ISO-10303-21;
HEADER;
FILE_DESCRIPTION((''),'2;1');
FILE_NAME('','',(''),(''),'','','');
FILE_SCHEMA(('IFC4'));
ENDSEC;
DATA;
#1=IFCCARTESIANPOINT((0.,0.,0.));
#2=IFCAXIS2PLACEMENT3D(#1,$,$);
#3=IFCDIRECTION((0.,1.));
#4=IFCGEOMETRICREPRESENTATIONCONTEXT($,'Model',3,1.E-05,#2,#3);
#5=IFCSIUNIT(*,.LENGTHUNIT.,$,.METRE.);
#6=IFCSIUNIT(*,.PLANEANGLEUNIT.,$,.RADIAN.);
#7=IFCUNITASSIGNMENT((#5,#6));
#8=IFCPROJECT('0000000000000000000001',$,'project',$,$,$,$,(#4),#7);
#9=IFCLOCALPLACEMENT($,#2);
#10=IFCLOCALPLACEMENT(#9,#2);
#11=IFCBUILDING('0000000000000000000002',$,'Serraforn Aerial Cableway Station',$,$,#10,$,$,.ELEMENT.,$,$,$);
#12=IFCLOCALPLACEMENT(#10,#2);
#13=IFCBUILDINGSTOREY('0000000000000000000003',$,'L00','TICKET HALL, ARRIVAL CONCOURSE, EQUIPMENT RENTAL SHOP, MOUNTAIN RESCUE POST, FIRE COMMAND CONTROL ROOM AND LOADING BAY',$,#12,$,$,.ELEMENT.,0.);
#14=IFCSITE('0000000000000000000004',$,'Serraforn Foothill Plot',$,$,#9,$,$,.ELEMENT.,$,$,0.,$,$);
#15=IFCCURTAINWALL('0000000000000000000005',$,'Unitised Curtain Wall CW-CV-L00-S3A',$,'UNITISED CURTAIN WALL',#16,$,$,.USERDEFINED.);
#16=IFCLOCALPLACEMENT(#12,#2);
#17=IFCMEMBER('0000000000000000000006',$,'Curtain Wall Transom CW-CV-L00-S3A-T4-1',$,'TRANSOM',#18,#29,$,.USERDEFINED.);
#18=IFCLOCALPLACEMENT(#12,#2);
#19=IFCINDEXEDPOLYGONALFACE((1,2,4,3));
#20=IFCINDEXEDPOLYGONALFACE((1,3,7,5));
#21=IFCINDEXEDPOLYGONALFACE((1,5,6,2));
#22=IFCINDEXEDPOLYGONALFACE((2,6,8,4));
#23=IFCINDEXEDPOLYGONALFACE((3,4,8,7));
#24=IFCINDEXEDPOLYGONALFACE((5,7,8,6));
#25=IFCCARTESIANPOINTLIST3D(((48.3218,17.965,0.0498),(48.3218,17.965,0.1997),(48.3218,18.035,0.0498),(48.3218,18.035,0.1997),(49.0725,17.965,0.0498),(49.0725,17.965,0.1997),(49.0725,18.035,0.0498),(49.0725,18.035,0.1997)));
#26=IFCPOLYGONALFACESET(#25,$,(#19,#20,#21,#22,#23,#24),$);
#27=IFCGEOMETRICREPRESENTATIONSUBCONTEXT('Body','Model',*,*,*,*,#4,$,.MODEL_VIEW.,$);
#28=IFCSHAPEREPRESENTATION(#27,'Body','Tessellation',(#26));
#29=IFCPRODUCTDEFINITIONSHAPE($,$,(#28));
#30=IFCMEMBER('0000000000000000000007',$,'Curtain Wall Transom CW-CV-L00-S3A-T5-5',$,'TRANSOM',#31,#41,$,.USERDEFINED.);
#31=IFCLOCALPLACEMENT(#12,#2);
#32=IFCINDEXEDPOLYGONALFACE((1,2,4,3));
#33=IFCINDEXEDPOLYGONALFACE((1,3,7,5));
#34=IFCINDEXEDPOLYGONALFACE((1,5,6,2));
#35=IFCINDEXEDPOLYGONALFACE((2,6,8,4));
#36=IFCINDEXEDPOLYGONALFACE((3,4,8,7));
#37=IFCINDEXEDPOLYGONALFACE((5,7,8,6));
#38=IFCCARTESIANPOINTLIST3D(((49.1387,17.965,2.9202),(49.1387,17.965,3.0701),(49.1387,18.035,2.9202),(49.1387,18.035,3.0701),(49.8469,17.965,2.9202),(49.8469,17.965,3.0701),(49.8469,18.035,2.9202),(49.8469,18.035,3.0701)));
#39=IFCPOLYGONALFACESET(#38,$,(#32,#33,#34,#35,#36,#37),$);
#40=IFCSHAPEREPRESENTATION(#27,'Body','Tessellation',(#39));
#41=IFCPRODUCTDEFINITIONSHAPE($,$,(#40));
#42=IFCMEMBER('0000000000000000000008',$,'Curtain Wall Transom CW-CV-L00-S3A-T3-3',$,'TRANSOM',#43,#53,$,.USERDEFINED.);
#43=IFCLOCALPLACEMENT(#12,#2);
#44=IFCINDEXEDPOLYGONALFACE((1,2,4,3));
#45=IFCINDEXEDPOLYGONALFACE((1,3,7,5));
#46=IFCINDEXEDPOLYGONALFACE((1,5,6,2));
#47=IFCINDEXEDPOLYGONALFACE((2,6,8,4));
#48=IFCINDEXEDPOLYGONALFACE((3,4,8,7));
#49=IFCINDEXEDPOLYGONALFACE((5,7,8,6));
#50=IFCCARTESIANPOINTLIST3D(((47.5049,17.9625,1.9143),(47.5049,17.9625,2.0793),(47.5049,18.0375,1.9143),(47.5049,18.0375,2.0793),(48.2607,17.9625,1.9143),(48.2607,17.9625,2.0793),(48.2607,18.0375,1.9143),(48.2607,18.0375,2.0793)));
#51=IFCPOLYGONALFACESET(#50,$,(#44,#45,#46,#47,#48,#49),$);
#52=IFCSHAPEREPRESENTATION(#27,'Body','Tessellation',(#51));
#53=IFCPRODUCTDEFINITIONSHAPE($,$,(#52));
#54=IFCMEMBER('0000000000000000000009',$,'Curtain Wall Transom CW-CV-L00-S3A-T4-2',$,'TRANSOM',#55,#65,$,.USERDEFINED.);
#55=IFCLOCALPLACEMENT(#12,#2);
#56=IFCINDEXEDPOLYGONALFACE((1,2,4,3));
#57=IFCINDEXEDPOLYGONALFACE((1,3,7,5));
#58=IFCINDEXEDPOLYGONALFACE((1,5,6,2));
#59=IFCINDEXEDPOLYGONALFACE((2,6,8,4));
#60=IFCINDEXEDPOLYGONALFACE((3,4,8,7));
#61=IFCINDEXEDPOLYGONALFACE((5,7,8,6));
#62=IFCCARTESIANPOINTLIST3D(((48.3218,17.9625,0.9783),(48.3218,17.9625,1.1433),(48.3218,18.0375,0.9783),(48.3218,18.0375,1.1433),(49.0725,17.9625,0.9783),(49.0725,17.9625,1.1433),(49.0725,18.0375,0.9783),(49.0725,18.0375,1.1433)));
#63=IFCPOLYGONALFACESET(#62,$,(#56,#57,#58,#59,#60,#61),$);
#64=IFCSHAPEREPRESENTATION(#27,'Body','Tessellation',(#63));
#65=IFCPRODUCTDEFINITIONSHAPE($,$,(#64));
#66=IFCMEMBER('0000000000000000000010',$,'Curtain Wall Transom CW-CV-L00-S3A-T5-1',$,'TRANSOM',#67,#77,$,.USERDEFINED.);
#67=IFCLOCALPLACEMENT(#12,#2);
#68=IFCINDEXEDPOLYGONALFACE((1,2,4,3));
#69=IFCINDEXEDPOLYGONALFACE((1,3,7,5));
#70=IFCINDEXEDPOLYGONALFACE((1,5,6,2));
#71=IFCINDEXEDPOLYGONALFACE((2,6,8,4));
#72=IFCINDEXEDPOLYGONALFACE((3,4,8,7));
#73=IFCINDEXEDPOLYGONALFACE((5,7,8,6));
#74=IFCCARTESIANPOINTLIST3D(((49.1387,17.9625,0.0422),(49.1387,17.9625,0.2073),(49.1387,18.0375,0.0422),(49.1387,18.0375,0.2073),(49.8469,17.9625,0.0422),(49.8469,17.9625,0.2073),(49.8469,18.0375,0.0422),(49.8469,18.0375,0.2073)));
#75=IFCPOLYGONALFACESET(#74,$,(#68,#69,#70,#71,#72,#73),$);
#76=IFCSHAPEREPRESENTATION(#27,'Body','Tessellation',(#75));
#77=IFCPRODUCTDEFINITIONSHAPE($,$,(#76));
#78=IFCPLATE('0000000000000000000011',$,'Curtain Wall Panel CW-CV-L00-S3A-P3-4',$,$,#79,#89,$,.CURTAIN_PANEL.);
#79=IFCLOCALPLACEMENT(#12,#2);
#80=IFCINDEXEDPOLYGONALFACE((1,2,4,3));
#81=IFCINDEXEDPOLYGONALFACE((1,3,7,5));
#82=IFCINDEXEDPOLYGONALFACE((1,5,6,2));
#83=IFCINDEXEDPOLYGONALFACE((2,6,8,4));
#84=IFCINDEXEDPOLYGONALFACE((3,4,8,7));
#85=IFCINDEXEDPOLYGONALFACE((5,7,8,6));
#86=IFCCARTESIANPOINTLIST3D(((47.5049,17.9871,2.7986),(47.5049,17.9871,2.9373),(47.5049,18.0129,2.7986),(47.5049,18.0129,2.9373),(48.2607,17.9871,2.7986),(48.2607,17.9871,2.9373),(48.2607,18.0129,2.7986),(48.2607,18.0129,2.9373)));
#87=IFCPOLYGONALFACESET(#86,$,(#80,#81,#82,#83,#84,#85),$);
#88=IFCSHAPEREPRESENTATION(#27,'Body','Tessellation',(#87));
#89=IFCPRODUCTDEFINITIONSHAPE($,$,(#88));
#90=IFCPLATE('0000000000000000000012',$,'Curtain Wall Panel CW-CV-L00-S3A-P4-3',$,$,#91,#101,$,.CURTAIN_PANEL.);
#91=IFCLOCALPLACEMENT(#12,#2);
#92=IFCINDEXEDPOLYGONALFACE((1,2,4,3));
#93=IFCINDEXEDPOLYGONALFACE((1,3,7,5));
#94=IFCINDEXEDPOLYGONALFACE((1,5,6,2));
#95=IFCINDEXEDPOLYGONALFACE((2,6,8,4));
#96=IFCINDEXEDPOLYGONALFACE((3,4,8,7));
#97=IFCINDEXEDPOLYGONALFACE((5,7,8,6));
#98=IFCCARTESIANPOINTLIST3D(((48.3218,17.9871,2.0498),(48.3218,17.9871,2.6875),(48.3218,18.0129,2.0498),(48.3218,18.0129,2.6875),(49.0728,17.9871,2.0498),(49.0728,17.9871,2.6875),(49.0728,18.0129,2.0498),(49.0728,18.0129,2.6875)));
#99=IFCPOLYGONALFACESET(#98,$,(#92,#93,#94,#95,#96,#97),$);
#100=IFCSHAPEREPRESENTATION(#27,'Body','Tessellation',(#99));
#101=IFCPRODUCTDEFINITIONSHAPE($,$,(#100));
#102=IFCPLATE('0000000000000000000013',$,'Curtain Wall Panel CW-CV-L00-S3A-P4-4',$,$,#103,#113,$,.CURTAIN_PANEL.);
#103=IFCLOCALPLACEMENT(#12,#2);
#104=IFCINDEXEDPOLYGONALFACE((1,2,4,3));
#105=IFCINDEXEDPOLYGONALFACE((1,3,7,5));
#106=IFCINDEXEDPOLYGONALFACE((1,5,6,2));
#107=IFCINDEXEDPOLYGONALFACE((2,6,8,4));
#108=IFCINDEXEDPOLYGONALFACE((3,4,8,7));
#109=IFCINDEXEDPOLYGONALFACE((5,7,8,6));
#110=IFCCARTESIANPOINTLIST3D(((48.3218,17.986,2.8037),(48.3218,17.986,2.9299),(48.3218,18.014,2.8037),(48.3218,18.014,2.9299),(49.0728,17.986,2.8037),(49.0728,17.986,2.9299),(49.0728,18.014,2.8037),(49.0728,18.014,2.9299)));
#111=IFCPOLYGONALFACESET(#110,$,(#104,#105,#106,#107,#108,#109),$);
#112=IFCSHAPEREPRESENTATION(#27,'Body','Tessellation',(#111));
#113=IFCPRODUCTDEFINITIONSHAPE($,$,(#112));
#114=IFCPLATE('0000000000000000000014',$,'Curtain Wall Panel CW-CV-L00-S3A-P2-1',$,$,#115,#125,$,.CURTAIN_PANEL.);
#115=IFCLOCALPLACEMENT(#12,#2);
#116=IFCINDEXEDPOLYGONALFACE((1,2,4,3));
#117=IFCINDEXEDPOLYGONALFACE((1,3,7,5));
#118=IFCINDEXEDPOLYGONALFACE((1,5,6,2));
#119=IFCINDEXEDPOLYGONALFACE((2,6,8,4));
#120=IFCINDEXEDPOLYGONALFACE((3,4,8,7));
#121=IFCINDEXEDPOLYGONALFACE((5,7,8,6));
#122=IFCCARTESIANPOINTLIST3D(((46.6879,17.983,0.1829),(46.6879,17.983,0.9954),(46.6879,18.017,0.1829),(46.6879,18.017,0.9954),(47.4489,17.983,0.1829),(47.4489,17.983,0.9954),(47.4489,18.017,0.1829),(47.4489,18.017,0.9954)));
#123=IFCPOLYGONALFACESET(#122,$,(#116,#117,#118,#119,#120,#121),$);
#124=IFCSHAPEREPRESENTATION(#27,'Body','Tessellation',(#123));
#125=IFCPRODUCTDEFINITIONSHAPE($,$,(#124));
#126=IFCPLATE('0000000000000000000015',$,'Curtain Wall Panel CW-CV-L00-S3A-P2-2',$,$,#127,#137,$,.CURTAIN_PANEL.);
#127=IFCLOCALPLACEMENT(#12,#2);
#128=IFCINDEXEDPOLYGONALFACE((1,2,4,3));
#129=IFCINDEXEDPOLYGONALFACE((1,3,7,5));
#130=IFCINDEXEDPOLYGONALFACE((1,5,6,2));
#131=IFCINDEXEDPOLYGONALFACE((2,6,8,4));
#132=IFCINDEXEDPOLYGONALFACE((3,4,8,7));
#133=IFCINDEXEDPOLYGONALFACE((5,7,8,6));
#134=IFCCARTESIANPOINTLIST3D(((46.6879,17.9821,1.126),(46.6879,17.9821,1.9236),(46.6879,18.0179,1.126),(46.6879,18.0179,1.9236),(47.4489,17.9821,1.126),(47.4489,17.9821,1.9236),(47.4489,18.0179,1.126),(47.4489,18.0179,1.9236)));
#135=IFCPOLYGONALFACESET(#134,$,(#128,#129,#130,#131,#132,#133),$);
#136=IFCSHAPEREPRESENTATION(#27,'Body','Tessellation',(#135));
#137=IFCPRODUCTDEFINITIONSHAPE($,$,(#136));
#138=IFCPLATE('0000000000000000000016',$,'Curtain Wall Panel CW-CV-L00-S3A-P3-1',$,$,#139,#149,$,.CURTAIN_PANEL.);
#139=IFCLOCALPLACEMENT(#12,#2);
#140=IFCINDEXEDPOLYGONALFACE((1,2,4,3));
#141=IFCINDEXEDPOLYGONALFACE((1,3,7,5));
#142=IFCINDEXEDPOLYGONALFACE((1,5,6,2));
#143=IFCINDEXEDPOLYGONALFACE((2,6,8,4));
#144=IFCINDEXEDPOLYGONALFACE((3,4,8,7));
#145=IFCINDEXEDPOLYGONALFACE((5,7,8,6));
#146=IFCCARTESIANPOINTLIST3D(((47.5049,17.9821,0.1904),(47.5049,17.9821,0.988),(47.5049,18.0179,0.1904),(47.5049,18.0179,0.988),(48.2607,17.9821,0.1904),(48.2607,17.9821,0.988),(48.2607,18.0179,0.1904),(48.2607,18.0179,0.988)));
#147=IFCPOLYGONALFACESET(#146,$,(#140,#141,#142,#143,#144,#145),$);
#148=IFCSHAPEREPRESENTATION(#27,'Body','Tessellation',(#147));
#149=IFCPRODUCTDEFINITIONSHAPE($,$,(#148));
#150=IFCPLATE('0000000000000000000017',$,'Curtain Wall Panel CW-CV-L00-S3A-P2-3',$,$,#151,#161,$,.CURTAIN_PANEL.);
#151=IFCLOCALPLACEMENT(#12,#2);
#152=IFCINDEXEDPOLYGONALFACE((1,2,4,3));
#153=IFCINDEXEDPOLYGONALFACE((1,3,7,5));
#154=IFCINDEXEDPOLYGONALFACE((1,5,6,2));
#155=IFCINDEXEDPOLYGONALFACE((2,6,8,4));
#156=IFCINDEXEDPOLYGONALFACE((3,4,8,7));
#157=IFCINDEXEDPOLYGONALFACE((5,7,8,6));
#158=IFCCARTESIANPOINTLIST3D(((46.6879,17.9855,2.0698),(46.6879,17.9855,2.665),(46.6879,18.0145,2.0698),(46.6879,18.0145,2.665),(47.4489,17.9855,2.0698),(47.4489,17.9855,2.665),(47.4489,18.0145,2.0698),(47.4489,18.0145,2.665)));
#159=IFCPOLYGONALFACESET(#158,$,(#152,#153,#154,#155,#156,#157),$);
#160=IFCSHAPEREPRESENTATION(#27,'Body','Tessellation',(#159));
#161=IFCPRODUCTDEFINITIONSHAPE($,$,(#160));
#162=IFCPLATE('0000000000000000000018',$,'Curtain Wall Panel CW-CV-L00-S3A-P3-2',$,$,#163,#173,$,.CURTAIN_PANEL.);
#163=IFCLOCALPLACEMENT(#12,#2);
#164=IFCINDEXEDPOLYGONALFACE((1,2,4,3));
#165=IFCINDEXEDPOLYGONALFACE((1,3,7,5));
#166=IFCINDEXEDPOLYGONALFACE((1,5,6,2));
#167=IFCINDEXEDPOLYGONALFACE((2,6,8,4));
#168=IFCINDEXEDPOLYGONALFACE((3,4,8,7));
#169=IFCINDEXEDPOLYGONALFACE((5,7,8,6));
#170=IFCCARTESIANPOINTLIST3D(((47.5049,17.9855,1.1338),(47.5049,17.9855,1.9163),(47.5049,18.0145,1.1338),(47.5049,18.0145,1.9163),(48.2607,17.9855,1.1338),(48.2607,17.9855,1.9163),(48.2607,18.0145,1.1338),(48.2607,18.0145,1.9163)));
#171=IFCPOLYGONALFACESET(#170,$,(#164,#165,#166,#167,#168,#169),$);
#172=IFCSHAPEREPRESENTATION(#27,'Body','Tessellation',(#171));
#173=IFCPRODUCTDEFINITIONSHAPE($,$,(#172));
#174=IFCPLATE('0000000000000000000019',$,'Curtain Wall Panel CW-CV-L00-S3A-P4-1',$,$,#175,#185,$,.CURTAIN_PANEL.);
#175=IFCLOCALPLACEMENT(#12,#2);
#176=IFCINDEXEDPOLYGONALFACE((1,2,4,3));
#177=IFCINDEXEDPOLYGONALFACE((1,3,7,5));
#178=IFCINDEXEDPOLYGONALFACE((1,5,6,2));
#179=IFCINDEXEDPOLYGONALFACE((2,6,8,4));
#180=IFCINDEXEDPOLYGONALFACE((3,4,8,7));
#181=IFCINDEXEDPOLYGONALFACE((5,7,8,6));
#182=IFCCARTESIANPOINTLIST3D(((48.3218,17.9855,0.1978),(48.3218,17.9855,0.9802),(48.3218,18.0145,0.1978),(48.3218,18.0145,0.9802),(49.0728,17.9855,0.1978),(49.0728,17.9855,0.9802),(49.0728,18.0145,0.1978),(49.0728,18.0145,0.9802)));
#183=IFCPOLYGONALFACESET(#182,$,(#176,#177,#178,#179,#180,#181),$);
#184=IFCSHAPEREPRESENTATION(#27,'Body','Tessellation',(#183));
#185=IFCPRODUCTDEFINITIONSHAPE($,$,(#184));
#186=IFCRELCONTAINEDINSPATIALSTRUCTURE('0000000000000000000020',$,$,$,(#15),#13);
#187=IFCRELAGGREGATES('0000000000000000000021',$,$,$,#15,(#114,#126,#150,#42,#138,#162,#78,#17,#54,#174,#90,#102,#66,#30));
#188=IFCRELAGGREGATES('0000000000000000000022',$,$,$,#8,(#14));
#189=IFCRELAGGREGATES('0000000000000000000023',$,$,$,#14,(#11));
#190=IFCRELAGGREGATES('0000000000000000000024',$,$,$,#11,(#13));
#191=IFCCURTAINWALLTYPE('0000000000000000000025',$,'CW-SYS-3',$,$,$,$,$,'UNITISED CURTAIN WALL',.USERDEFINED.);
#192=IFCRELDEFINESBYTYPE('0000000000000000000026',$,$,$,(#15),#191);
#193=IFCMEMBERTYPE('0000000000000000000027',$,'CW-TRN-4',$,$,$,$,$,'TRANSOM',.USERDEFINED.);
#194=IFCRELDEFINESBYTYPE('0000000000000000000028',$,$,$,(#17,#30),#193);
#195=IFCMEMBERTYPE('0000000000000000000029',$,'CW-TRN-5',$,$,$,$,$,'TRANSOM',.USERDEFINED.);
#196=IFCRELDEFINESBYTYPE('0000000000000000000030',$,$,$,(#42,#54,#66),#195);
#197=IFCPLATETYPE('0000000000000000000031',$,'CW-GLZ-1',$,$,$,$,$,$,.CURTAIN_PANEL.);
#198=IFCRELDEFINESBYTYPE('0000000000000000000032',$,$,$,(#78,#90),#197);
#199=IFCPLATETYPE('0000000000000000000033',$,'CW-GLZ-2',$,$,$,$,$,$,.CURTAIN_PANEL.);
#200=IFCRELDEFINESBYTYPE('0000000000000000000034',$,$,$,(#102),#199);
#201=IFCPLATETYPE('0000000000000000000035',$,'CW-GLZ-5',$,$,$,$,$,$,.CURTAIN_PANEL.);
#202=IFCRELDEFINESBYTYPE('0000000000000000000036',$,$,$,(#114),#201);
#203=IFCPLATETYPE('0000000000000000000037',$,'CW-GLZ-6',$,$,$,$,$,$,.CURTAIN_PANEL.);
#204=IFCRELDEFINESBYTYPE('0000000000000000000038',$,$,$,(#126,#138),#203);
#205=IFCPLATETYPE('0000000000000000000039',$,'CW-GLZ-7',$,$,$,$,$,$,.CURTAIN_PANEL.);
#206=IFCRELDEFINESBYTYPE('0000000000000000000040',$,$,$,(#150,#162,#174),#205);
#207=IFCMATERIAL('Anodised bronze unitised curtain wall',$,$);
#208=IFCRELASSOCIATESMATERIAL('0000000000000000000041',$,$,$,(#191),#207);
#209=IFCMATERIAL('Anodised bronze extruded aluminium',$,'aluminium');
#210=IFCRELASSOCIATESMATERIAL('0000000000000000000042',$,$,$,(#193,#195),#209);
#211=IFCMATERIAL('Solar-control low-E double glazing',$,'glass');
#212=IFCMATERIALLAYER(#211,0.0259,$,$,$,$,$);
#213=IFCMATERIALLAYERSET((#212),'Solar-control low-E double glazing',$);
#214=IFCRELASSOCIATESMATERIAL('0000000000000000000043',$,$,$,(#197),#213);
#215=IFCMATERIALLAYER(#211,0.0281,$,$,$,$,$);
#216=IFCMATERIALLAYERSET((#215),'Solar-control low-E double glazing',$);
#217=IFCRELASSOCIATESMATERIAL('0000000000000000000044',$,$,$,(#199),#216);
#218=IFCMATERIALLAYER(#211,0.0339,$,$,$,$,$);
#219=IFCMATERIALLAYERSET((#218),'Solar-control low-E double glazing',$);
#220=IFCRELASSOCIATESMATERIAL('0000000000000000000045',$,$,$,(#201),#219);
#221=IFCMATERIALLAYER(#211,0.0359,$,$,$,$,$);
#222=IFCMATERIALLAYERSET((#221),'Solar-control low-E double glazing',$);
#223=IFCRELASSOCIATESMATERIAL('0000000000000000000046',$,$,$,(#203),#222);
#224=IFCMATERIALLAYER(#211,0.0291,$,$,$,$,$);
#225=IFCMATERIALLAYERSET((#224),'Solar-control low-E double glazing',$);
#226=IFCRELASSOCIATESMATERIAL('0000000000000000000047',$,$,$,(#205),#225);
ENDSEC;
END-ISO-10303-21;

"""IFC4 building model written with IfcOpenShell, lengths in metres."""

from ifc_helpers import new_model, si_unit, direction, frame, origin, origin_2d, place, context, subcontext, project, spatial, rectangle, extrude, material, layer, layer_set, material_profile, profile_set, type_object, element, aggregate, save


model = new_model("IFC4")

# Units and contexts
model_context = context("Model", 3, precision=1e-05, world=origin(), true_north=direction((0.0, 1.0)))
body_context = subcontext(model_context, "Body", "Model", "MODEL_VIEW")
ifc_project = project(units=[si_unit("LENGTHUNIT", "METRE"), si_unit("PLANEANGLEUNIT", "RADIAN")], contexts=[model_context])

# Site, building, storey
site_placement = place(None, origin())
site = spatial("IfcSite", under=ifc_project, at=site_placement, Name="Serraforn Foothill Plot", CompositionType="ELEMENT", RefElevation=0.0)
building_placement = place(site_placement, origin())
building = spatial("IfcBuilding", under=site, at=building_placement, Name="Serraforn Aerial Cableway Station", CompositionType="ELEMENT")
storey_placement = place(building_placement, origin())
storey = spatial("IfcBuildingStorey", under=building, at=storey_placement, Name="L00", Description="TICKET HALL, ARRIVAL CONCOURSE, EQUIPMENT RENTAL SHOP, MOUNTAIN RESCUE POST, FIRE COMMAND CONTROL ROOM AND LOADING BAY", CompositionType="ELEMENT", Elevation=0.0)

# Curtain wall, members, plates
ifc_material_1 = material(Name="Anodised bronze unitised curtain wall")
curtain_wall_type = type_object("IfcCurtainWallType", Name="CW-SYS-3", ElementType="UNITISED CURTAIN WALL", PredefinedType="USERDEFINED", material=ifc_material_1)
curtain_wall_placement = place(storey_placement, origin())
curtain_wall = element("IfcCurtainWall", 1, at=curtain_wall_placement, inside=storey, type_object=curtain_wall_type, Name="Unitised Curtain Wall CW-CV-L00-S3A", ObjectType="UNITISED CURTAIN WALL", PredefinedType="USERDEFINED")
ifc_material_2 = material(Name="Anodised bronze extruded aluminium", Category="aluminium")
ifc_material_profile_1 = material_profile(ifc_material_2, rectangle(XDim=0.0701, YDim=0.1499, at=origin_2d()), Name="CW TRANSOM 70x150")
ifc_profile_set_1 = profile_set([ifc_material_profile_1], Name="Anodised bronze extruded aluminium")
member_type_1 = type_object("IfcMemberType", Name="CW-TRN-4", ElementType="TRANSOM", PredefinedType="USERDEFINED", material=ifc_profile_set_1)
member_1_placement = place(storey_placement, frame((48.3218, 18.0, 0.1248), z_axis=(1.0, 0.0, 0.0), x_axis=(0.0, 1.0, 0.0)))
member_1 = element("IfcMember", 2, at=member_1_placement, type_object=member_type_1, Name="Curtain Wall Transom CW-CV-L00-S3A-T4-1", ObjectType="TRANSOM", PredefinedType="USERDEFINED", context=body_context, shape_type="SweptSolid", body=[
    extrude(rectangle(XDim=0.0701, YDim=0.1499, at=origin_2d()), origin(), (0.0, 0.0, 1.0), 0.7507),
])
member_2_placement = place(storey_placement, frame((49.1387, 18.0, 2.9951), z_axis=(1.0, 0.0, 0.0), x_axis=(0.0, 1.0, 0.0)))
member_2 = element("IfcMember", 3, at=member_2_placement, type_object=member_type_1, Name="Curtain Wall Transom CW-CV-L00-S3A-T5-5", ObjectType="TRANSOM", PredefinedType="USERDEFINED", context=body_context, shape_type="SweptSolid", body=[
    extrude(rectangle(XDim=0.0701, YDim=0.1499, at=origin_2d()), origin(), (0.0, 0.0, 1.0), 0.7083),
])
ifc_material_profile_2 = material_profile(ifc_material_2, rectangle(XDim=0.075, YDim=0.165, at=origin_2d()), Name="CW TRANSOM 75x165")
ifc_profile_set_2 = profile_set([ifc_material_profile_2], Name="Anodised bronze extruded aluminium")
member_type_2 = type_object("IfcMemberType", Name="CW-TRN-5", ElementType="TRANSOM", PredefinedType="USERDEFINED", material=ifc_profile_set_2)
member_3_placement = place(storey_placement, frame((47.5049, 18.0, 1.9968), z_axis=(1.0, 0.0, 0.0), x_axis=(0.0, 1.0, 0.0)))
member_3 = element("IfcMember", 4, at=member_3_placement, type_object=member_type_2, Name="Curtain Wall Transom CW-CV-L00-S3A-T3-3", ObjectType="TRANSOM", PredefinedType="USERDEFINED", context=body_context, shape_type="SweptSolid", body=[
    extrude(rectangle(XDim=0.075, YDim=0.165, at=origin_2d()), origin(), (0.0, 0.0, 1.0), 0.7559),
])
member_4_placement = place(storey_placement, frame((48.3218, 18.0, 1.0608), z_axis=(1.0, 0.0, 0.0), x_axis=(0.0, 1.0, 0.0)))
member_4 = element("IfcMember", 5, at=member_4_placement, type_object=member_type_2, Name="Curtain Wall Transom CW-CV-L00-S3A-T4-2", ObjectType="TRANSOM", PredefinedType="USERDEFINED", context=body_context, shape_type="SweptSolid", body=[
    extrude(rectangle(XDim=0.075, YDim=0.165, at=origin_2d()), origin(), (0.0, 0.0, 1.0), 0.7507),
])
member_5_placement = place(storey_placement, frame((49.1387, 18.0, 0.1248), z_axis=(1.0, 0.0, 0.0), x_axis=(0.0, 1.0, 0.0)))
member_5 = element("IfcMember", 6, at=member_5_placement, type_object=member_type_2, Name="Curtain Wall Transom CW-CV-L00-S3A-T5-1", ObjectType="TRANSOM", PredefinedType="USERDEFINED", context=body_context, shape_type="SweptSolid", body=[
    extrude(rectangle(XDim=0.075, YDim=0.165, at=origin_2d()), origin(), (0.0, 0.0, 1.0), 0.7083),
])
ifc_material_3 = material(Name="Solar-control low-E double glazing", Category="glass")
ifc_layer_1 = layer(ifc_material_3, 0.0259)
ifc_layer_set_1 = layer_set([ifc_layer_1], Name="Solar-control low-E double glazing")
plate_type_1 = type_object("IfcPlateType", Name="CW-GLZ-1", PredefinedType="CURTAIN_PANEL", material=ifc_layer_set_1)
plate_1_placement = place(storey_placement, frame((47.8828, 18.0, 2.7986), z_axis=(0.0, 0.0, 1.0), x_axis=(1.0, 0.0, 0.0)))
plate_1 = element("IfcPlate", 7, at=plate_1_placement, type_object=plate_type_1, Name="Curtain Wall Panel CW-CV-L00-S3A-P3-4", PredefinedType="CURTAIN_PANEL", context=body_context, shape_type="SweptSolid", body=[
    extrude(rectangle(XDim=0.7559, YDim=0.0259, at=origin_2d()), origin(), (0.0, 0.0, 1.0), 0.1387),
])
plate_2_placement = place(storey_placement, frame((48.6973, 18.0, 2.0498), z_axis=(0.0, 0.0, 1.0), x_axis=(1.0, 0.0, 0.0)))
plate_2 = element("IfcPlate", 8, at=plate_2_placement, type_object=plate_type_1, Name="Curtain Wall Panel CW-CV-L00-S3A-P4-3", PredefinedType="CURTAIN_PANEL", context=body_context, shape_type="SweptSolid", body=[
    extrude(rectangle(XDim=0.751, YDim=0.0259, at=origin_2d()), origin(), (0.0, 0.0, 1.0), 0.6377),
])
ifc_layer_2 = layer(ifc_material_3, 0.0281)
ifc_layer_set_2 = layer_set([ifc_layer_2], Name="Solar-control low-E double glazing")
plate_type_2 = type_object("IfcPlateType", Name="CW-GLZ-2", PredefinedType="CURTAIN_PANEL", material=ifc_layer_set_2)
plate_3_placement = place(storey_placement, frame((48.6973, 18.0, 2.8037), z_axis=(0.0, 0.0, 1.0), x_axis=(1.0, 0.0, 0.0)))
plate_3 = element("IfcPlate", 9, at=plate_3_placement, type_object=plate_type_2, Name="Curtain Wall Panel CW-CV-L00-S3A-P4-4", PredefinedType="CURTAIN_PANEL", context=body_context, shape_type="SweptSolid", body=[
    extrude(rectangle(XDim=0.751, YDim=0.0281, at=origin_2d()), origin(), (0.0, 0.0, 1.0), 0.1262),
])
ifc_layer_3 = layer(ifc_material_3, 0.0339)
ifc_layer_set_3 = layer_set([ifc_layer_3], Name="Solar-control low-E double glazing")
plate_type_3 = type_object("IfcPlateType", Name="CW-GLZ-5", PredefinedType="CURTAIN_PANEL", material=ifc_layer_set_3)
plate_4_placement = place(storey_placement, frame((47.0684, 18.0, 0.1829), z_axis=(0.0, 0.0, 1.0), x_axis=(1.0, 0.0, 0.0)))
plate_4 = element("IfcPlate", 10, at=plate_4_placement, type_object=plate_type_3, Name="Curtain Wall Panel CW-CV-L00-S3A-P2-1", PredefinedType="CURTAIN_PANEL", context=body_context, shape_type="SweptSolid", body=[
    extrude(rectangle(XDim=0.761, YDim=0.0339, at=origin_2d()), origin(), (0.0, 0.0, 1.0), 0.8125),
])
ifc_layer_4 = layer(ifc_material_3, 0.0359)
ifc_layer_set_4 = layer_set([ifc_layer_4], Name="Solar-control low-E double glazing")
plate_type_4 = type_object("IfcPlateType", Name="CW-GLZ-6", PredefinedType="CURTAIN_PANEL", material=ifc_layer_set_4)
plate_5_placement = place(storey_placement, frame((47.0684, 18.0, 1.126), z_axis=(0.0, 0.0, 1.0), x_axis=(1.0, 0.0, 0.0)))
plate_5 = element("IfcPlate", 11, at=plate_5_placement, type_object=plate_type_4, Name="Curtain Wall Panel CW-CV-L00-S3A-P2-2", PredefinedType="CURTAIN_PANEL", context=body_context, shape_type="SweptSolid", body=[
    extrude(rectangle(XDim=0.761, YDim=0.0359, at=origin_2d()), origin(), (0.0, 0.0, 1.0), 0.7976),
])
plate_6_placement = place(storey_placement, frame((47.8828, 18.0, 0.1904), z_axis=(0.0, 0.0, 1.0), x_axis=(1.0, 0.0, 0.0)))
plate_6 = element("IfcPlate", 12, at=plate_6_placement, type_object=plate_type_4, Name="Curtain Wall Panel CW-CV-L00-S3A-P3-1", PredefinedType="CURTAIN_PANEL", context=body_context, shape_type="SweptSolid", body=[
    extrude(rectangle(XDim=0.7559, YDim=0.0359, at=origin_2d()), origin(), (0.0, 0.0, 1.0), 0.7976),
])
ifc_layer_5 = layer(ifc_material_3, 0.0291)
ifc_layer_set_5 = layer_set([ifc_layer_5], Name="Solar-control low-E double glazing")
plate_type_5 = type_object("IfcPlateType", Name="CW-GLZ-7", PredefinedType="CURTAIN_PANEL", material=ifc_layer_set_5)
plate_7_placement = place(storey_placement, frame((47.0684, 18.0, 2.0698), z_axis=(0.0, 0.0, 1.0), x_axis=(1.0, 0.0, 0.0)))
plate_7 = element("IfcPlate", 13, at=plate_7_placement, type_object=plate_type_5, Name="Curtain Wall Panel CW-CV-L00-S3A-P2-3", PredefinedType="CURTAIN_PANEL", context=body_context, shape_type="SweptSolid", body=[
    extrude(rectangle(XDim=0.761, YDim=0.0291, at=origin_2d()), origin(), (0.0, 0.0, 1.0), 0.5952),
])
plate_8_placement = place(storey_placement, frame((47.8828, 18.0, 1.1338), z_axis=(0.0, 0.0, 1.0), x_axis=(1.0, 0.0, 0.0)))
plate_8 = element("IfcPlate", 14, at=plate_8_placement, type_object=plate_type_5, Name="Curtain Wall Panel CW-CV-L00-S3A-P3-2", PredefinedType="CURTAIN_PANEL", context=body_context, shape_type="SweptSolid", body=[
    extrude(rectangle(XDim=0.7559, YDim=0.0291, at=origin_2d()), origin(), (0.0, 0.0, 1.0), 0.7825),
])
plate_9_placement = place(storey_placement, frame((48.6973, 18.0, 0.1978), z_axis=(0.0, 0.0, 1.0), x_axis=(1.0, 0.0, 0.0)))
plate_9 = element("IfcPlate", 15, at=plate_9_placement, type_object=plate_type_5, Name="Curtain Wall Panel CW-CV-L00-S3A-P4-1", PredefinedType="CURTAIN_PANEL", context=body_context, shape_type="SweptSolid", body=[
    extrude(rectangle(XDim=0.751, YDim=0.0291, at=origin_2d()), origin(), (0.0, 0.0, 1.0), 0.7825),
])
aggregate(curtain_wall, [plate_4, plate_5, plate_7, member_3, plate_6, plate_8, plate_1, member_1, member_4, plate_9, plate_2, plate_3, member_5, member_2])

save(model, "model.ifc")
